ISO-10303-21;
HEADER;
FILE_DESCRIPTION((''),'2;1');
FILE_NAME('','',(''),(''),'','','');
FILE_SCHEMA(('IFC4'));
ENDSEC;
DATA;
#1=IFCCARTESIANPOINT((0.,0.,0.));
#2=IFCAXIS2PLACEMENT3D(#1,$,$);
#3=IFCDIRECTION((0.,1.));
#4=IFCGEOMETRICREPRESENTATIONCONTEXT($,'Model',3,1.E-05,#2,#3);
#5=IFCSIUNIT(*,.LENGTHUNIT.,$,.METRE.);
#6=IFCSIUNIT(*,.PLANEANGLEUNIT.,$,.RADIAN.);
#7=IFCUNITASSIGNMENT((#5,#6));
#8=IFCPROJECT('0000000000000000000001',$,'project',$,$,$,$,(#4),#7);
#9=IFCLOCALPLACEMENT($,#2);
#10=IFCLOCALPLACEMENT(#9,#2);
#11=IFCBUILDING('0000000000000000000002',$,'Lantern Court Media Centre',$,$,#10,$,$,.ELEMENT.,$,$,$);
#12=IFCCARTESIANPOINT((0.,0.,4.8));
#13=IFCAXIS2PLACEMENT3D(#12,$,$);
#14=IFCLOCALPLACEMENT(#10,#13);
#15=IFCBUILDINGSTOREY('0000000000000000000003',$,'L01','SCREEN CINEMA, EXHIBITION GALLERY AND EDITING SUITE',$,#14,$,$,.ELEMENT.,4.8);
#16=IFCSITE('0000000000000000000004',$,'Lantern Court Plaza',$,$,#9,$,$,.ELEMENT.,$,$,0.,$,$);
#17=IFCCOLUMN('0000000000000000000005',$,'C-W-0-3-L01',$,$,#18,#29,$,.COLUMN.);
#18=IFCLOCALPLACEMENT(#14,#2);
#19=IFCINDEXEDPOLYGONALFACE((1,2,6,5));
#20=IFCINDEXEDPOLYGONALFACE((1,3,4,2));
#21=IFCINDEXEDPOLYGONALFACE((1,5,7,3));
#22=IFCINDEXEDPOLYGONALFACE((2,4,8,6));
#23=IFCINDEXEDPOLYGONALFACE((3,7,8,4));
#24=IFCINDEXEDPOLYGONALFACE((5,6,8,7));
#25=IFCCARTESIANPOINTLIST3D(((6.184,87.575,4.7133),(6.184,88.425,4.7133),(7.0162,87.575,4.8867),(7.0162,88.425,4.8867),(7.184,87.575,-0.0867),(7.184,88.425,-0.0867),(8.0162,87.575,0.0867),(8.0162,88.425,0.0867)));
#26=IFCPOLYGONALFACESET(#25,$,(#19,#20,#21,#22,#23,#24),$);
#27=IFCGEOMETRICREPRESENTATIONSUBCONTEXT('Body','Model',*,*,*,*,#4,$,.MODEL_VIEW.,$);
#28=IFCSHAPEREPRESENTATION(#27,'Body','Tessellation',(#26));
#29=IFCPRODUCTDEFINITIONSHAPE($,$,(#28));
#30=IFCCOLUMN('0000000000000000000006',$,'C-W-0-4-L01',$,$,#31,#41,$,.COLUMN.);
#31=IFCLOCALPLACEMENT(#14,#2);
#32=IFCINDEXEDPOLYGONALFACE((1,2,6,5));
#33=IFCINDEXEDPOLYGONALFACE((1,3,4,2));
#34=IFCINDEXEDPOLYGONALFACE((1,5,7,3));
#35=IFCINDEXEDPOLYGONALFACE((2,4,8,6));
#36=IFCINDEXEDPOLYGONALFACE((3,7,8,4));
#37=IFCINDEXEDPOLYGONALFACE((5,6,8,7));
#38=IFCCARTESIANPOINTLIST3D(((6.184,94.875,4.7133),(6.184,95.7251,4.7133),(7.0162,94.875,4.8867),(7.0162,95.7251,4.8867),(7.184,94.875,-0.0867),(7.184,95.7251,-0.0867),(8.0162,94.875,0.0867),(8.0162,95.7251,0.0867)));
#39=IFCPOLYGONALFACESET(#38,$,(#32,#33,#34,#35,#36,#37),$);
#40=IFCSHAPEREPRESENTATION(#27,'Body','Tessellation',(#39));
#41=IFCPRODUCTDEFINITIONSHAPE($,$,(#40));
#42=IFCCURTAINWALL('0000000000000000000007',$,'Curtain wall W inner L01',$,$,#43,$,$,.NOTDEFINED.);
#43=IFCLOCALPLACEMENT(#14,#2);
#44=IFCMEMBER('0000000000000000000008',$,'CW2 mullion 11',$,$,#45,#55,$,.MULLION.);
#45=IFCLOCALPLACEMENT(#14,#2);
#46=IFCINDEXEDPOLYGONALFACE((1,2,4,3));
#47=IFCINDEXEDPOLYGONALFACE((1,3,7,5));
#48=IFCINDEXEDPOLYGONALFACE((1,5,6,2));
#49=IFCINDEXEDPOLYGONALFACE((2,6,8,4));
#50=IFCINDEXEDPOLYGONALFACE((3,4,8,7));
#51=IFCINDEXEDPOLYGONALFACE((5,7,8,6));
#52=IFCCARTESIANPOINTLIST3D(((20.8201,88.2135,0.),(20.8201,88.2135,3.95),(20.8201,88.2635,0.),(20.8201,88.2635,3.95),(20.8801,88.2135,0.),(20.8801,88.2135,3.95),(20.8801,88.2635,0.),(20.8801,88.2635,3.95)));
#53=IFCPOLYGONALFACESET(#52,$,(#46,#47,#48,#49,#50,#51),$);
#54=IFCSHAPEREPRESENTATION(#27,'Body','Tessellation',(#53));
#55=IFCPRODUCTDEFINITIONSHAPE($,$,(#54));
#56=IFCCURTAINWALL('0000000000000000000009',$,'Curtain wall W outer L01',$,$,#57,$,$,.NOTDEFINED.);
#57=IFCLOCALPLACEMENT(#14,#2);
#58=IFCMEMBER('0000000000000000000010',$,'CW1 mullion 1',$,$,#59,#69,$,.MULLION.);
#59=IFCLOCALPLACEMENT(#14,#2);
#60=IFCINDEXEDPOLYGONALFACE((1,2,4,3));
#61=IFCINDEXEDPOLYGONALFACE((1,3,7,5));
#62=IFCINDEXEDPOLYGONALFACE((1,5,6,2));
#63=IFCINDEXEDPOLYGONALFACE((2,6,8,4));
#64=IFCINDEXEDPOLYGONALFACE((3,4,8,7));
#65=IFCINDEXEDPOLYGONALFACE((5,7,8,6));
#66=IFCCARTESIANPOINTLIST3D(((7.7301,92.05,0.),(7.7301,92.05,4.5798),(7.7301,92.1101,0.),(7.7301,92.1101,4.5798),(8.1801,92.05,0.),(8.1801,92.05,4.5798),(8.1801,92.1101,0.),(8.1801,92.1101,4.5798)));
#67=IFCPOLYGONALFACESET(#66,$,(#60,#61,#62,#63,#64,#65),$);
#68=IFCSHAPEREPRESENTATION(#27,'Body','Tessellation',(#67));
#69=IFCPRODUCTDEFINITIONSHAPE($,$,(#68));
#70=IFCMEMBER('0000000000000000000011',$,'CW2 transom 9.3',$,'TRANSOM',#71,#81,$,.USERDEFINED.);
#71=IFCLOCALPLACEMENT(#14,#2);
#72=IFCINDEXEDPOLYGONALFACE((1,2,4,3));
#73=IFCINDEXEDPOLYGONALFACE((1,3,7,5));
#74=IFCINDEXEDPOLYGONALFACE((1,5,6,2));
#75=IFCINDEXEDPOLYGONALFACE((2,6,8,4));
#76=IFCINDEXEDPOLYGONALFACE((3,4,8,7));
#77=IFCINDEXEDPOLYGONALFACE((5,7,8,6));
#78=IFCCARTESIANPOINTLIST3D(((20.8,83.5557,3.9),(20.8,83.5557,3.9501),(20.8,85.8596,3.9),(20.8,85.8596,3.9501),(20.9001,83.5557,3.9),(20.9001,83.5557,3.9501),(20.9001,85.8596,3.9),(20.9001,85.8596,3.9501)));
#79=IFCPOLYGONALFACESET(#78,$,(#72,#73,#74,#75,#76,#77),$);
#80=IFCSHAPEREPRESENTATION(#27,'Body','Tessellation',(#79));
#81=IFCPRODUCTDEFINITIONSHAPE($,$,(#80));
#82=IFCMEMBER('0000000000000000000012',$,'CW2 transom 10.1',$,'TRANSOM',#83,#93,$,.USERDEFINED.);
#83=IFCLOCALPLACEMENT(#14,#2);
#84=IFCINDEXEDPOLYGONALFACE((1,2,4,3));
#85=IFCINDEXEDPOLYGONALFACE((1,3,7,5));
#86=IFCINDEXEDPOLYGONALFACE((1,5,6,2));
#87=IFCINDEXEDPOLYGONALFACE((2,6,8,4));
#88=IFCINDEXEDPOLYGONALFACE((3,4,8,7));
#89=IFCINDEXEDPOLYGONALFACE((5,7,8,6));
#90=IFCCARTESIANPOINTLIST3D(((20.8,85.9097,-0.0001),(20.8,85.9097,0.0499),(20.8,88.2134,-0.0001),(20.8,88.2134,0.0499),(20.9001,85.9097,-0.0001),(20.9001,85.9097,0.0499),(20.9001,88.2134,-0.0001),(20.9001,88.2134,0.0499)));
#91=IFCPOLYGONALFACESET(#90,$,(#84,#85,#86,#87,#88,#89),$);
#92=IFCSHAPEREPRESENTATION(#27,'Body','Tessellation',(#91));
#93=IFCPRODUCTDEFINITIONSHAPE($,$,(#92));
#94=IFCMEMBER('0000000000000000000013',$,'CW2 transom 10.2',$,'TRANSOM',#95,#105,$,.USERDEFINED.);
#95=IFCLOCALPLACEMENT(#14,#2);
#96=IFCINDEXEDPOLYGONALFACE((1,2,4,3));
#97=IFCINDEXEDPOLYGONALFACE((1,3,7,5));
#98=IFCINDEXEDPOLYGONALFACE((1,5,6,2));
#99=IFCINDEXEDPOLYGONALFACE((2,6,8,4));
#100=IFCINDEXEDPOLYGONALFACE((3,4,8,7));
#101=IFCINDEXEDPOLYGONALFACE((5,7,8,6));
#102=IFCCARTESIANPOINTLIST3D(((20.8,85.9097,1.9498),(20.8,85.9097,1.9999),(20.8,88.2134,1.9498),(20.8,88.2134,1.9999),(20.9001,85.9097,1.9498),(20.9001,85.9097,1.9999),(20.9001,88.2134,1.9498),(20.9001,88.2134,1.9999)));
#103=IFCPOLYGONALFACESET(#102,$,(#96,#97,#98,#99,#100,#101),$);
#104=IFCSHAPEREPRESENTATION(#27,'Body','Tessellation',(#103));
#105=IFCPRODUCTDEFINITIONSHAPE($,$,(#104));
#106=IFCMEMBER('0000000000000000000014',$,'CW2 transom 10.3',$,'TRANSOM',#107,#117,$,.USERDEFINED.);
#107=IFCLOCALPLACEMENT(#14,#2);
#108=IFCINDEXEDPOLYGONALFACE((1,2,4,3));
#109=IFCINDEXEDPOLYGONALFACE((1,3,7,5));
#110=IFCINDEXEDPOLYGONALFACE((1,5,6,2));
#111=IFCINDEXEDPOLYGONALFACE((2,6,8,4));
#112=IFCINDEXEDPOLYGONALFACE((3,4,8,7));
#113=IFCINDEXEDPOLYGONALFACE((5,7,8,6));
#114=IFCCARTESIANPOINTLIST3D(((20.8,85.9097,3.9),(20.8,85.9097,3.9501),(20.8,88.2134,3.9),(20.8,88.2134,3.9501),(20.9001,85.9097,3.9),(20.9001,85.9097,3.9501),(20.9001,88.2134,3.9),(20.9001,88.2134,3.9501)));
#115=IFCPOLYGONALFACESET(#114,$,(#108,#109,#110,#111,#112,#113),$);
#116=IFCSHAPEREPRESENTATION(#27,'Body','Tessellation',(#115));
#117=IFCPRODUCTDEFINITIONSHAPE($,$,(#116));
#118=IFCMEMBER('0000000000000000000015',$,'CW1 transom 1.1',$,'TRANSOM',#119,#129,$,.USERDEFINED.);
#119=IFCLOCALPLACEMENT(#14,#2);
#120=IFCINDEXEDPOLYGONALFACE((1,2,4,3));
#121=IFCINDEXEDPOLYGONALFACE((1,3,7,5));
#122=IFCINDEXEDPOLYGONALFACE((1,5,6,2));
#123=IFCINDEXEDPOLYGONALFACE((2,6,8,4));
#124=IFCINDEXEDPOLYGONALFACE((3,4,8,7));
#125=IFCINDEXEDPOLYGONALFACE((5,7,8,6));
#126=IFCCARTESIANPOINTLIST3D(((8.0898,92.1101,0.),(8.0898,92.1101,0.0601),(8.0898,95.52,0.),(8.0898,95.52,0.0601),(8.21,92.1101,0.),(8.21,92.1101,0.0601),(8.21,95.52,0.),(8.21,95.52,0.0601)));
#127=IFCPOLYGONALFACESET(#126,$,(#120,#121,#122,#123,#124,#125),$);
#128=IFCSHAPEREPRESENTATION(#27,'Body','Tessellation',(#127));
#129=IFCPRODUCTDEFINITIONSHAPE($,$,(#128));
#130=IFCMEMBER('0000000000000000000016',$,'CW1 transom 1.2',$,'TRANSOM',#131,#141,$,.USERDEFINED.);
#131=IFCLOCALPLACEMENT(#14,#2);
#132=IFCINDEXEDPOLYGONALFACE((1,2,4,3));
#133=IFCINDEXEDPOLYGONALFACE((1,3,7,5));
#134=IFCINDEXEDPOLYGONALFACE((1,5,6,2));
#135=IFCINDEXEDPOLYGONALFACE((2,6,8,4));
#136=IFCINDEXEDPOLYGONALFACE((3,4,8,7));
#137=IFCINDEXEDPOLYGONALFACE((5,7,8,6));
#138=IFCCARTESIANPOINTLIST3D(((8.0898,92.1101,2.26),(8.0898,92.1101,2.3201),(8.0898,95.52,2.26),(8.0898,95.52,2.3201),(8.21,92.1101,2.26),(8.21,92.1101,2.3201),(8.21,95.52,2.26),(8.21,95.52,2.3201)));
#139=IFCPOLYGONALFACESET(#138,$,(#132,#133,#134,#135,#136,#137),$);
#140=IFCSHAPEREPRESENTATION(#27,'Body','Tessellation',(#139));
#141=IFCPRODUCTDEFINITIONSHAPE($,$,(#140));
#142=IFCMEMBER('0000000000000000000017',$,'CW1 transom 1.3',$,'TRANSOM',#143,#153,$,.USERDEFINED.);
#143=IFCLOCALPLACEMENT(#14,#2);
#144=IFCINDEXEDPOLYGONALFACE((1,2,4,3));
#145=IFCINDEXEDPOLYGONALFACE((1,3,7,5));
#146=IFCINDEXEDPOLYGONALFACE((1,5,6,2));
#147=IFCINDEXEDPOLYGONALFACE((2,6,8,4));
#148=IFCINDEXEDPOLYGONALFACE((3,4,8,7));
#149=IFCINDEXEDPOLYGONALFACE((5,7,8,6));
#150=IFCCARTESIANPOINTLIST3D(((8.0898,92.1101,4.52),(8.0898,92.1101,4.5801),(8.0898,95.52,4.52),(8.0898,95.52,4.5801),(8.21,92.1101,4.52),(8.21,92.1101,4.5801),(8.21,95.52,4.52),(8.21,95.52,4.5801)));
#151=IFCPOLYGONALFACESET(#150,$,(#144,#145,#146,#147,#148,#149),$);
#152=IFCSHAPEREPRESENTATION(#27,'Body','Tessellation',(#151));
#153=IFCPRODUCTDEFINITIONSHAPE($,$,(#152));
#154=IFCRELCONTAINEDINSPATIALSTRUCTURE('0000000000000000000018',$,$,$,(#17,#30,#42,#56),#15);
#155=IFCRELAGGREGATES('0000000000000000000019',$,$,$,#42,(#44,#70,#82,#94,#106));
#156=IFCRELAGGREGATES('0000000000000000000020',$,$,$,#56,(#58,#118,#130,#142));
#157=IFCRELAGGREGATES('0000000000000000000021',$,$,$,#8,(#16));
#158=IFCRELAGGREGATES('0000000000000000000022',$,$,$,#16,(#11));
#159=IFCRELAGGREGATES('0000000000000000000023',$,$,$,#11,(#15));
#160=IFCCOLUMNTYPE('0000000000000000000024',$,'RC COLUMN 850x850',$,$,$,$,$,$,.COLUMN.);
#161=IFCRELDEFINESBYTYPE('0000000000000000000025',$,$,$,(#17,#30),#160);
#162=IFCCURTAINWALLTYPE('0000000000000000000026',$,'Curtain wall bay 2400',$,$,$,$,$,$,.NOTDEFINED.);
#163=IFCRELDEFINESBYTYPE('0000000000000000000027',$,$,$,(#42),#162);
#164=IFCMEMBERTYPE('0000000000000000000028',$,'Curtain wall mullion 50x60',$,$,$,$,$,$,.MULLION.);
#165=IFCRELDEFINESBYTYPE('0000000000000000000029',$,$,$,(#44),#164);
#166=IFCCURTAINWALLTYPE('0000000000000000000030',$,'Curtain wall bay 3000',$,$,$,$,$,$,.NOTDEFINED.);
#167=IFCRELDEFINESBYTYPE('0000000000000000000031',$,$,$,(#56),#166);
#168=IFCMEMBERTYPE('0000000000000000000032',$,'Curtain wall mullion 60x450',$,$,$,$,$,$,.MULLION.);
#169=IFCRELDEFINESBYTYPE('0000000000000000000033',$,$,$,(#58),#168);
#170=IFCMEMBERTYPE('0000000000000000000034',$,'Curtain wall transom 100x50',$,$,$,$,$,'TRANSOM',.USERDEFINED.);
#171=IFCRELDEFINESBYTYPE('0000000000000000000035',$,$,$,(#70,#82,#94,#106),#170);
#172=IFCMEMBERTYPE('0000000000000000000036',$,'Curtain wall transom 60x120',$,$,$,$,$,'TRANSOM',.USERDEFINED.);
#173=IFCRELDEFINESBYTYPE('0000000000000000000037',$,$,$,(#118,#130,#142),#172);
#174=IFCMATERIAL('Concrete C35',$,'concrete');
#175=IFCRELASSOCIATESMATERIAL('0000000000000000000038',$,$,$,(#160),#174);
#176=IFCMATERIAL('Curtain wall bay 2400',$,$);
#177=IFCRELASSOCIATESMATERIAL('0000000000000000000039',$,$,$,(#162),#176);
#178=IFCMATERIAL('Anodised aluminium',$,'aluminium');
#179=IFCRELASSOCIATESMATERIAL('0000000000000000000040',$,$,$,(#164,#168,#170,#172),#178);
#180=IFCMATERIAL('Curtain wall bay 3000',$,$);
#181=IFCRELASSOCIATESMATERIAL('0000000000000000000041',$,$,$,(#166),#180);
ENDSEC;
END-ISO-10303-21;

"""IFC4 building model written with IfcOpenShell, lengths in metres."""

from ifc_helpers import new_model, si_unit, direction, frame, origin, origin_2d, place, context, subcontext, project, spatial, rectangle, extrude, material, material_profile, profile_set, type_object, element, aggregate, save


model = new_model("IFC4")

# Units and contexts
model_context = context("Model", 3, precision=1e-05, world=origin(), true_north=direction((0.0, 1.0)))
body_context = subcontext(model_context, "Body", "Model", "MODEL_VIEW")
ifc_project = project(units=[si_unit("LENGTHUNIT", "METRE"), si_unit("PLANEANGLEUNIT", "RADIAN")], contexts=[model_context])

# Site, building, storey
site_placement = place(None, origin())
site = spatial("IfcSite", under=ifc_project, at=site_placement, Name="Lantern Court Plaza", CompositionType="ELEMENT", RefElevation=0.0)
building_placement = place(site_placement, origin())
building = spatial("IfcBuilding", under=site, at=building_placement, Name="Lantern Court Media Centre", CompositionType="ELEMENT")
storey_placement = place(building_placement, frame((0.0, 0.0, 4.8)))
storey = spatial("IfcBuildingStorey", under=building, at=storey_placement, Name="L01", Description="SCREEN CINEMA, EXHIBITION GALLERY AND EDITING SUITE", CompositionType="ELEMENT", Elevation=4.8)

# Columns
ifc_material_1 = material(Name="Concrete C35", Category="concrete")
ifc_material_profile_1 = material_profile(ifc_material_1, rectangle(XDim=0.8501, YDim=0.8501, at=origin_2d()), Name="RC 850x850")
ifc_profile_set_1 = profile_set([ifc_material_profile_1], Name="Concrete C35")
column_type = type_object("IfcColumnType", Name="RC COLUMN 850x850", PredefinedType="COLUMN", material=ifc_profile_set_1)
for number, where, z_axis, x_axis, name in (
    (1, (7.6001, 88.0, 0.0), (-0.203952, 0.0, 0.978981), (0.0, -1.0, 0.0), "C-W-0-3-L01"),
    (2, (7.6001, 95.3, 0.0), (-0.203952, 0.0, 0.978981), (0.0, -1.0, 0.0), "C-W-0-4-L01"),
):
    element("IfcColumn", number, at=place(storey_placement, frame(where, z_axis=z_axis, x_axis=x_axis)), inside=storey, type_object=column_type, Name=name, PredefinedType="COLUMN", context=body_context, shape_type="SweptSolid", body=[
        extrude(rectangle(XDim=0.8501, YDim=0.8501, at=origin_2d()), origin(), (0.0, 0.0, 1.0), 4.9031),
    ])

# Curtain walls, members
ifc_material_2 = material(Name="Curtain wall bay 2400")
curtain_wall_type_1 = type_object("IfcCurtainWallType", Name="Curtain wall bay 2400", PredefinedType="NOTDEFINED", material=ifc_material_2)
curtain_wall_1_placement = place(storey_placement, origin())
curtain_wall_1 = element("IfcCurtainWall", 3, at=curtain_wall_1_placement, inside=storey, type_object=curtain_wall_type_1, Name="Curtain wall W inner L01", PredefinedType="NOTDEFINED")
ifc_material_3 = material(Name="Anodised aluminium", Category="aluminium")
ifc_material_profile_2 = material_profile(ifc_material_3, rectangle(XDim=0.0601, YDim=0.05, at=origin_2d()), Name="AL 50x60")
ifc_profile_set_2 = profile_set([ifc_material_profile_2], Name="Anodised aluminium")
member_type_1 = type_object("IfcMemberType", Name="Curtain wall mullion 50x60", PredefinedType="MULLION", material=ifc_profile_set_2)
member_1_placement = place(storey_placement, frame((20.8501, 88.2385, 0.0), z_axis=(0.0, 0.0, 1.0), x_axis=(-1.0, 0.0, 0.0)))
member_1 = element("IfcMember", 4, at=member_1_placement, type_object=member_type_1, Name="CW2 mullion 11", PredefinedType="MULLION", context=body_context, shape_type="SweptSolid", body=[
    extrude(rectangle(XDim=0.0601, YDim=0.05, at=origin_2d()), origin(), (0.0, 0.0, 1.0), 3.95),
])
ifc_material_4 = material(Name="Curtain wall bay 3000")
curtain_wall_type_2 = type_object("IfcCurtainWallType", Name="Curtain wall bay 3000", PredefinedType="NOTDEFINED", material=ifc_material_4)
curtain_wall_2_placement = place(storey_placement, origin())
curtain_wall_2 = element("IfcCurtainWall", 5, at=curtain_wall_2_placement, inside=storey, type_object=curtain_wall_type_2, Name="Curtain wall W outer L01", PredefinedType="NOTDEFINED")
ifc_material_profile_3 = material_profile(ifc_material_3, rectangle(XDim=0.45, YDim=0.0601, at=origin_2d()), Name="AL 60x450")
ifc_profile_set_3 = profile_set([ifc_material_profile_3], Name="Anodised aluminium")
member_type_2 = type_object("IfcMemberType", Name="Curtain wall mullion 60x450", PredefinedType="MULLION", material=ifc_profile_set_3)
member_2_placement = place(storey_placement, frame((7.9551, 92.0801, 0.0), z_axis=(0.0, 0.0, 1.0), x_axis=(-1.0, 0.0, 0.0)))
member_2 = element("IfcMember", 6, at=member_2_placement, type_object=member_type_2, Name="CW1 mullion 1", PredefinedType="MULLION", context=body_context, shape_type="SweptSolid", body=[
    extrude(rectangle(XDim=0.45, YDim=0.0601, at=origin_2d()), origin(), (0.0, 0.0, 1.0), 4.5798),
])

# Members
ifc_material_profile_4 = material_profile(ifc_material_3, rectangle(XDim=0.1001, YDim=0.05, at=origin_2d()), Name="AL 50x100")
ifc_profile_set_4 = profile_set([ifc_material_profile_4], Name="Anodised aluminium")
member_type_3 = type_object("IfcMemberType", Name="Curtain wall transom 100x50", ElementType="TRANSOM", PredefinedType="USERDEFINED", material=ifc_profile_set_4)
member_3_placement = place(storey_placement, frame((20.8501, 83.5557, 3.925), z_axis=(0.0, 1.0, 0.0), x_axis=(-1.0, 0.0, 0.0)))
member_3 = element("IfcMember", 7, at=member_3_placement, type_object=member_type_3, Name="CW2 transom 9.3", ObjectType="TRANSOM", PredefinedType="USERDEFINED", context=body_context, shape_type="SweptSolid", body=[
    extrude(rectangle(XDim=0.1001, YDim=0.05, at=origin_2d()), origin(), (0.0, 0.0, 1.0), 2.304),
])
member_4_placement = place(storey_placement, frame((20.8501, 85.9097, 0.0249), z_axis=(0.0, 1.0, 0.0), x_axis=(-1.0, 0.0, 0.0)))
member_4 = element("IfcMember", 8, at=member_4_placement, type_object=member_type_3, Name="CW2 transom 10.1", ObjectType="TRANSOM", PredefinedType="USERDEFINED", context=body_context, shape_type="SweptSolid", body=[
    extrude(rectangle(XDim=0.1001, YDim=0.05, at=origin_2d()), origin(), (0.0, 0.0, 1.0), 2.3037),
])
member_5_placement = place(storey_placement, frame((20.8501, 85.9097, 1.9749), z_axis=(0.0, 1.0, 0.0), x_axis=(-1.0, 0.0, 0.0)))
member_5 = element("IfcMember", 9, at=member_5_placement, type_object=member_type_3, Name="CW2 transom 10.2", ObjectType="TRANSOM", PredefinedType="USERDEFINED", context=body_context, shape_type="SweptSolid", body=[
    extrude(rectangle(XDim=0.1001, YDim=0.05, at=origin_2d()), origin(), (0.0, 0.0, 1.0), 2.3037),
])
member_6_placement = place(storey_placement, frame((20.8501, 85.9097, 3.925), z_axis=(0.0, 1.0, 0.0), x_axis=(-1.0, 0.0, 0.0)))
member_6 = element("IfcMember", 10, at=member_6_placement, type_object=member_type_3, Name="CW2 transom 10.3", ObjectType="TRANSOM", PredefinedType="USERDEFINED", context=body_context, shape_type="SweptSolid", body=[
    extrude(rectangle(XDim=0.1001, YDim=0.05, at=origin_2d()), origin(), (0.0, 0.0, 1.0), 2.3037),
])
ifc_material_profile_5 = material_profile(ifc_material_3, rectangle(XDim=0.1201, YDim=0.0601, at=origin_2d()), Name="AL 60x120")
ifc_profile_set_5 = profile_set([ifc_material_profile_5], Name="Anodised aluminium")
member_type_4 = type_object("IfcMemberType", Name="Curtain wall transom 60x120", ElementType="TRANSOM", PredefinedType="USERDEFINED", material=ifc_profile_set_5)
member_7_placement = place(storey_placement, frame((8.1499, 92.1101, 0.03), z_axis=(0.0, 1.0, 0.0), x_axis=(-1.0, 0.0, 0.0)))
member_7 = element("IfcMember", 11, at=member_7_placement, type_object=member_type_4, Name="CW1 transom 1.1", ObjectType="TRANSOM", PredefinedType="USERDEFINED", context=body_context, shape_type="SweptSolid", body=[
    extrude(rectangle(XDim=0.1201, YDim=0.0601, at=origin_2d()), origin(), (0.0, 0.0, 1.0), 3.4099),
])
member_8_placement = place(storey_placement, frame((8.1499, 92.1101, 2.29), z_axis=(0.0, 1.0, 0.0), x_axis=(-1.0, 0.0, 0.0)))
member_8 = element("IfcMember", 12, at=member_8_placement, type_object=member_type_4, Name="CW1 transom 1.2", ObjectType="TRANSOM", PredefinedType="USERDEFINED", context=body_context, shape_type="SweptSolid", body=[
    extrude(rectangle(XDim=0.1201, YDim=0.0601, at=origin_2d()), origin(), (0.0, 0.0, 1.0), 3.4099),
])
member_9_placement = place(storey_placement, frame((8.1499, 92.1101, 4.55), z_axis=(0.0, 1.0, 0.0), x_axis=(-1.0, 0.0, 0.0)))
member_9 = element("IfcMember", 13, at=member_9_placement, type_object=member_type_4, Name="CW1 transom 1.3", ObjectType="TRANSOM", PredefinedType="USERDEFINED", context=body_context, shape_type="SweptSolid", body=[
    extrude(rectangle(XDim=0.1201, YDim=0.0601, at=origin_2d()), origin(), (0.0, 0.0, 1.0), 3.4099),
])

aggregate(curtain_wall_1, [member_1, member_3, member_4, member_5, member_6])
aggregate(curtain_wall_2, [member_2, member_7, member_8, member_9])

save(model, "model.ifc")
